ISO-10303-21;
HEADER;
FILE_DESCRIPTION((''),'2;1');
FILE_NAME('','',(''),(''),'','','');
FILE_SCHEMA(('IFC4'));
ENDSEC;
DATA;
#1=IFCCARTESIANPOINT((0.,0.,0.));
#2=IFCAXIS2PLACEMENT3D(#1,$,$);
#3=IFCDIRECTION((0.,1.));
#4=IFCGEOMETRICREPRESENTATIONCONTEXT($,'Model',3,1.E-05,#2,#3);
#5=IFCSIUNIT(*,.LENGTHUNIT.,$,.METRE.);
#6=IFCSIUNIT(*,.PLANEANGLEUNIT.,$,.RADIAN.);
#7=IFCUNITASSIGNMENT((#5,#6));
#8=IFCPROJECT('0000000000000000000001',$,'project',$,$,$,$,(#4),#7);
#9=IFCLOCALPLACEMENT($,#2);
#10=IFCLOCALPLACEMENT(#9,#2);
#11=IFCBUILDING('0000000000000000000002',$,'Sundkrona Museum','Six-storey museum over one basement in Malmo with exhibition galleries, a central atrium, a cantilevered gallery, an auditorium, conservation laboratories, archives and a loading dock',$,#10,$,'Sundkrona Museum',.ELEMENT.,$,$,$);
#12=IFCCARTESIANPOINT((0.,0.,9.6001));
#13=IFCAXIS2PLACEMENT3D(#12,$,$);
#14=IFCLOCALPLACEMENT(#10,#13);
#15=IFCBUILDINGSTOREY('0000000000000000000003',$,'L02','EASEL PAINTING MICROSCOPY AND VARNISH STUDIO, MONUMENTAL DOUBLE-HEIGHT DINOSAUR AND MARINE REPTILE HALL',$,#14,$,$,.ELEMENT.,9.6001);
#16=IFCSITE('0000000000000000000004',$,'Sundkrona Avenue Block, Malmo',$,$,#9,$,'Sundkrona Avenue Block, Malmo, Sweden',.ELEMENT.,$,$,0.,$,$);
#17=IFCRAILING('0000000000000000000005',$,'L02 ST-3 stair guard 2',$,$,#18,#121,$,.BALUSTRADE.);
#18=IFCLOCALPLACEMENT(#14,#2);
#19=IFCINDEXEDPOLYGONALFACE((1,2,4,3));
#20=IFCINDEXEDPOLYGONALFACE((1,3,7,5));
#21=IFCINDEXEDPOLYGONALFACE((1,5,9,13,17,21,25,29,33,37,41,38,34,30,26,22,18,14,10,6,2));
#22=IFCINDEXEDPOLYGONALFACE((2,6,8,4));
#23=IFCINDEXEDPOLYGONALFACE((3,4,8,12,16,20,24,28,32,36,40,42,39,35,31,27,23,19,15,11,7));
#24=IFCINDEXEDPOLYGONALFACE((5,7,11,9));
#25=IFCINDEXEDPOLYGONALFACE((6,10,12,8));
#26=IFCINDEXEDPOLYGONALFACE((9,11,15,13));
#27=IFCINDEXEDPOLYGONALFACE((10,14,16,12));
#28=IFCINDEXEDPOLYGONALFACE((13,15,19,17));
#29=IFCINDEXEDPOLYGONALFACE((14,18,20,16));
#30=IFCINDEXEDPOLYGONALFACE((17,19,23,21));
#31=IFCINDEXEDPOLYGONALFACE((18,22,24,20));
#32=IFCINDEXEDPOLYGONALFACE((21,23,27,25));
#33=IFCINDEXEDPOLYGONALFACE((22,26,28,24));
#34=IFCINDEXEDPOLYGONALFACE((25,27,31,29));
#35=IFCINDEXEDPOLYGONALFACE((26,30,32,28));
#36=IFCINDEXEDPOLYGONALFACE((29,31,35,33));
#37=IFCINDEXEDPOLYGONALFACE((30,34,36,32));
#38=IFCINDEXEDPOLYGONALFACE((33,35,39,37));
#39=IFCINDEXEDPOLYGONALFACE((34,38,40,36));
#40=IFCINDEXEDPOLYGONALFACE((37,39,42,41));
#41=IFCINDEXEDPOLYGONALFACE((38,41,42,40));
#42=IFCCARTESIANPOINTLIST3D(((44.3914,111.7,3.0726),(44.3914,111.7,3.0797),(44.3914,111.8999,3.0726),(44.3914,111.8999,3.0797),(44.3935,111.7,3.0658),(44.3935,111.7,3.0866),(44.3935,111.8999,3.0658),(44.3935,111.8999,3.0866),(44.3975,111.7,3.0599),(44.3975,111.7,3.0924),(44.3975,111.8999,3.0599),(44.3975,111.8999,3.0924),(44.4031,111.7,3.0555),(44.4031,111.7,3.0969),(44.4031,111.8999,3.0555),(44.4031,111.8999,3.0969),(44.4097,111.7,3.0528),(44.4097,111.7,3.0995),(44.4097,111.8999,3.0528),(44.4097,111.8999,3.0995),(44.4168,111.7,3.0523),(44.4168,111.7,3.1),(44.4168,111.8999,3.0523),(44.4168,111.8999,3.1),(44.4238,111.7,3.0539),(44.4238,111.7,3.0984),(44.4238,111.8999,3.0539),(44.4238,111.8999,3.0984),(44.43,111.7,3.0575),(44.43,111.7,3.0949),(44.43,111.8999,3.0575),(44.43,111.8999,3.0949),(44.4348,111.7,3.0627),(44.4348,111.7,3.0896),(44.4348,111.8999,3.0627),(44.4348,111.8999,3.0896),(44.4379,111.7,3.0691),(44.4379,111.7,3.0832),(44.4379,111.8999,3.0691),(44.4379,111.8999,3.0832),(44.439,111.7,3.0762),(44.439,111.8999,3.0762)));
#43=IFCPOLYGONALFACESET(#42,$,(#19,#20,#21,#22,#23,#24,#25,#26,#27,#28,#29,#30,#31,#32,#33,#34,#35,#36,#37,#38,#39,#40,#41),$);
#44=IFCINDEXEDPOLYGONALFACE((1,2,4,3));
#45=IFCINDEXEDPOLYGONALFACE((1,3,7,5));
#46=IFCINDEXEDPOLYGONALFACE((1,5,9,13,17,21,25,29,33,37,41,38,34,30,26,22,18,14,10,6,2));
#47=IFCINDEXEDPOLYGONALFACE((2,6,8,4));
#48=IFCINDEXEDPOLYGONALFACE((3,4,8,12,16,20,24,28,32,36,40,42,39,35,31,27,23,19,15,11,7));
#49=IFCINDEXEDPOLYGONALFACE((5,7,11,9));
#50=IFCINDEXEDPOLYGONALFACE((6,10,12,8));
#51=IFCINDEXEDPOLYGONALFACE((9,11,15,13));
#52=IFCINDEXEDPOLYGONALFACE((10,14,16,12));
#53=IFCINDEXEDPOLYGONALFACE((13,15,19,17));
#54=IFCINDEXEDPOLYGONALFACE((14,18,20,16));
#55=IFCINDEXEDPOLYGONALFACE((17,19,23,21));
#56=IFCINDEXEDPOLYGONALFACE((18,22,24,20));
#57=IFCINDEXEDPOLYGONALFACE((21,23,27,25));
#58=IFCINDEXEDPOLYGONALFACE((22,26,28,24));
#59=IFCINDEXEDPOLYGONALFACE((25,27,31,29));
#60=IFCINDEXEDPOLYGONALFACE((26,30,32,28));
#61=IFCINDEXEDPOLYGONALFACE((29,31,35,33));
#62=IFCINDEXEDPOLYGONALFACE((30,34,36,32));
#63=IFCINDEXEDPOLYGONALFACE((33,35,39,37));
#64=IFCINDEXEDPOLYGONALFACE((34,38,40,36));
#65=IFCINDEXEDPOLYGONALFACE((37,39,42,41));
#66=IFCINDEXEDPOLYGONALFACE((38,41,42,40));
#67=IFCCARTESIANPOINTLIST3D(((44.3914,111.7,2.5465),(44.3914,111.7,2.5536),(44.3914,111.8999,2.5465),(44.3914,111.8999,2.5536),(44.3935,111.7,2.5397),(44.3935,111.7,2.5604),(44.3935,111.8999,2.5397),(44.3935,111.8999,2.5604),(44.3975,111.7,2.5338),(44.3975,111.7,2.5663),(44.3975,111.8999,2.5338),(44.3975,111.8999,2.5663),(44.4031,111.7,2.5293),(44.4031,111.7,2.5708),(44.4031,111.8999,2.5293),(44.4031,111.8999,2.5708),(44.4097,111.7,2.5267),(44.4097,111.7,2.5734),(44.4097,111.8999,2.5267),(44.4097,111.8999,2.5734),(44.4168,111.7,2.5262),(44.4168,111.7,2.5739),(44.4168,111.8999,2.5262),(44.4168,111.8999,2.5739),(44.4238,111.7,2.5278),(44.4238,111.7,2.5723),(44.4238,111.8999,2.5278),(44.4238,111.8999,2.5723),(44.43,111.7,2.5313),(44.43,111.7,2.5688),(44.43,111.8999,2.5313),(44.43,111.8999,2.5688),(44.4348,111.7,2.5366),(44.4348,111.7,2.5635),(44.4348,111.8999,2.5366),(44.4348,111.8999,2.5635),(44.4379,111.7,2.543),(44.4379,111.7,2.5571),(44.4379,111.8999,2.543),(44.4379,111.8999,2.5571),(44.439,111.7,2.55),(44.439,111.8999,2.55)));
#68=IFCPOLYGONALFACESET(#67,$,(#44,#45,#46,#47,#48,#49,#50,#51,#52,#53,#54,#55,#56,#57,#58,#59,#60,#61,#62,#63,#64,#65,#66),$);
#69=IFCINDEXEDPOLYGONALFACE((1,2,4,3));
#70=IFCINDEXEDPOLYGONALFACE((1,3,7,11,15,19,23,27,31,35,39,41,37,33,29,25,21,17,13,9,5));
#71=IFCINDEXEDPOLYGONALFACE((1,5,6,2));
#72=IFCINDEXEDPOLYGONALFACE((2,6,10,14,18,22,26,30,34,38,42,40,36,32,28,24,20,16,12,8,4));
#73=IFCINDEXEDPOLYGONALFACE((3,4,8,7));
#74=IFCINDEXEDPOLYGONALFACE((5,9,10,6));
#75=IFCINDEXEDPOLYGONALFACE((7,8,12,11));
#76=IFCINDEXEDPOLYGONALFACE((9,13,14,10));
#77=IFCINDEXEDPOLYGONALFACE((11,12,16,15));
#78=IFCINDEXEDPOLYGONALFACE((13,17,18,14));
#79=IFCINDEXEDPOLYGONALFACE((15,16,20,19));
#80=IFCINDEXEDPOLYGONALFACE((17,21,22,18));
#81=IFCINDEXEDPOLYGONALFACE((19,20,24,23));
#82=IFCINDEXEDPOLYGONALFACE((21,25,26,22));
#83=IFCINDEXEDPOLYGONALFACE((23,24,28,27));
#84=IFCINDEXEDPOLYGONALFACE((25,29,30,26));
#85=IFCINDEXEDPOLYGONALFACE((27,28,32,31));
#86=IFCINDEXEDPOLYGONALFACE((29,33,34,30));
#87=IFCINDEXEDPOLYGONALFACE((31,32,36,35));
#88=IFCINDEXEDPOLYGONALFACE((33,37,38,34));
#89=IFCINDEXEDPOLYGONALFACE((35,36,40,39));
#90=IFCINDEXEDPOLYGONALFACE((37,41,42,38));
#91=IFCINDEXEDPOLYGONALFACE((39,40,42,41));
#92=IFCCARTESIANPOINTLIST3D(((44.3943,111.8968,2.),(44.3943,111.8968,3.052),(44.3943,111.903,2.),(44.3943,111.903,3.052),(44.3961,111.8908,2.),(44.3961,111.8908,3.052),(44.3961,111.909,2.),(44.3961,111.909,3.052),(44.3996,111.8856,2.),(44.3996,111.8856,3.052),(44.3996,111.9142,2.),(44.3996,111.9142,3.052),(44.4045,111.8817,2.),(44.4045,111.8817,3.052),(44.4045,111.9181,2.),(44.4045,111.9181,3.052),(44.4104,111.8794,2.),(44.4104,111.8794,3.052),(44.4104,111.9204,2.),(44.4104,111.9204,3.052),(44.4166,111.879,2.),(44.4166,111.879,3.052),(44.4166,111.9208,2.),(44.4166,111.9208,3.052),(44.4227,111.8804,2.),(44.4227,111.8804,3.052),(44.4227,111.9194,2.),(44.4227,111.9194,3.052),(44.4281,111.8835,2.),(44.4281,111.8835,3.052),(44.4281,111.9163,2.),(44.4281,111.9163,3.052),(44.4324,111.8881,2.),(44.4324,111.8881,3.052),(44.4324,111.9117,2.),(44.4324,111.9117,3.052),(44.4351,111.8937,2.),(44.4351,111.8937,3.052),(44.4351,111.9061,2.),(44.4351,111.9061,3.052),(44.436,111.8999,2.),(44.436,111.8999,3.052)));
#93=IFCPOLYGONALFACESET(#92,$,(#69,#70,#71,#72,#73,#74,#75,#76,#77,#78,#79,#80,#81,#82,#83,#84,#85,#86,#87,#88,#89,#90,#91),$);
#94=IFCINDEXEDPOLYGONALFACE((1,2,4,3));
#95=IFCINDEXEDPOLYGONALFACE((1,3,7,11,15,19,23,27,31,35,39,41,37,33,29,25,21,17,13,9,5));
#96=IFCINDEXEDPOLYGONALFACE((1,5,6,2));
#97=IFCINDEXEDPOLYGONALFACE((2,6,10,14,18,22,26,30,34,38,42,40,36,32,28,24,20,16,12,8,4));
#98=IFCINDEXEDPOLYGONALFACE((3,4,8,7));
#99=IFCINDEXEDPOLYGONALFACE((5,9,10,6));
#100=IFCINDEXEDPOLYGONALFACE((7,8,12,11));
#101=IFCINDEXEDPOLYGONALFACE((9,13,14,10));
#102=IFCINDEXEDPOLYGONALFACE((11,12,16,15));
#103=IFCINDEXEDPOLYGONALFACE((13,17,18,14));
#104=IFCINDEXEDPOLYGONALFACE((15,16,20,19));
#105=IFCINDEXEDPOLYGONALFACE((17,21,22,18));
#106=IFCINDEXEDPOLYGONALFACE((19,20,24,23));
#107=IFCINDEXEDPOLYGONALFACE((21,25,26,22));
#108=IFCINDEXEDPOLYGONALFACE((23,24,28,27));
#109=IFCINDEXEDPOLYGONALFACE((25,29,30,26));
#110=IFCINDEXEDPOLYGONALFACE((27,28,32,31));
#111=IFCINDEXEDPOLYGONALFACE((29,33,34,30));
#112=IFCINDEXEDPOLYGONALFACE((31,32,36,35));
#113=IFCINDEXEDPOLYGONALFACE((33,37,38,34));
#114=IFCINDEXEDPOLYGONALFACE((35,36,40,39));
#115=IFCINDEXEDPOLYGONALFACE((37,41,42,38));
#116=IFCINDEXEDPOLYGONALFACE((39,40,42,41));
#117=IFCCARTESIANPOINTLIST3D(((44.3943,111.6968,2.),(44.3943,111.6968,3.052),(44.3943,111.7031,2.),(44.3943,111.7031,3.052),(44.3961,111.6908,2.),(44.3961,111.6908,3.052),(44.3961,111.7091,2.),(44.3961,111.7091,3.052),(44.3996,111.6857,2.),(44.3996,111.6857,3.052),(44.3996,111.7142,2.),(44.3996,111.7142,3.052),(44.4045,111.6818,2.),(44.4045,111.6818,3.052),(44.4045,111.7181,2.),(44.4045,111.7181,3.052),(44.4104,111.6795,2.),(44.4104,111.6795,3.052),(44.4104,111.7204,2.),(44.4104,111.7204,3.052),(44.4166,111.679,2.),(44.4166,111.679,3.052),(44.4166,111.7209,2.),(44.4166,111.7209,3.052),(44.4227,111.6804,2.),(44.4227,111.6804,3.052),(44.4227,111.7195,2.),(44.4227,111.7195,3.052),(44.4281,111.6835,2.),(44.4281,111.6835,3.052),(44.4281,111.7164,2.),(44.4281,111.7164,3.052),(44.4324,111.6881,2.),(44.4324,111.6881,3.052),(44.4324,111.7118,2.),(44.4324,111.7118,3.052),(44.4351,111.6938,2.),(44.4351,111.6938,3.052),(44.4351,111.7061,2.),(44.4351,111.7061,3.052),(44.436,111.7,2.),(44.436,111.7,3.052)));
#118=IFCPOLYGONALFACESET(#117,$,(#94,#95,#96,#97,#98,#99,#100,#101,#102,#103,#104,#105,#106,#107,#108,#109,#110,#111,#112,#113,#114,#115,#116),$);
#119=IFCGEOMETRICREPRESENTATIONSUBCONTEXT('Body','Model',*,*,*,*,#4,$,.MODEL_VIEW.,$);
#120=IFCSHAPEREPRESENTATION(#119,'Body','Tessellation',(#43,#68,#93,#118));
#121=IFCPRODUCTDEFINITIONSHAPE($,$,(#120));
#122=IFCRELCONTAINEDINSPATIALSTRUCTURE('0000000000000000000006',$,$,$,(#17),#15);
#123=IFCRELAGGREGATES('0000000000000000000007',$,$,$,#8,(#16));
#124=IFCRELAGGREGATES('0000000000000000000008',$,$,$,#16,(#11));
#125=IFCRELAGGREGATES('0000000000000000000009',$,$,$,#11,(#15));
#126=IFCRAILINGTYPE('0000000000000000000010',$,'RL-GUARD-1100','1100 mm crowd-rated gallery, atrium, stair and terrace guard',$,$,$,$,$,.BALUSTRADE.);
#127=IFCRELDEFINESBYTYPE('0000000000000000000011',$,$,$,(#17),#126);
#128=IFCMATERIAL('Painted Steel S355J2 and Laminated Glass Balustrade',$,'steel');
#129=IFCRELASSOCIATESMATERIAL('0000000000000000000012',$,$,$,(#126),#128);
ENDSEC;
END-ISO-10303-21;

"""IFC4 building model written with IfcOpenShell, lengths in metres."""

from ifc_helpers import new_model, si_unit, direction, frame, origin, origin_2d, place, context, subcontext, project, spatial, circle, extrude, material, type_object, element, save


model = new_model("IFC4")

# Units and contexts
model_context = context("Model", 3, precision=1e-05, world=origin(), true_north=direction((0.0, 1.0)))
body_context = subcontext(model_context, "Body", "Model", "MODEL_VIEW")
ifc_project = project(units=[si_unit("LENGTHUNIT", "METRE"), si_unit("PLANEANGLEUNIT", "RADIAN")], contexts=[model_context])

# Site, building, storey
site_placement = place(None, origin())
site = spatial("IfcSite", under=ifc_project, at=site_placement, Name="Sundkrona Avenue Block, Malmo", LongName="Sundkrona Avenue Block, Malmo, Sweden", CompositionType="ELEMENT", RefElevation=0.0)
building_placement = place(site_placement, origin())
building = spatial("IfcBuilding", under=site, at=building_placement, Name="Sundkrona Museum", Description="Six-storey museum over one basement in Malmo with exhibition galleries, a central atrium, a cantilevered gallery, an auditorium, conservation laboratories, archives and a loading dock", LongName="Sundkrona Museum", CompositionType="ELEMENT")
storey_placement = place(building_placement, frame((0.0, 0.0, 9.6001)))
storey = spatial("IfcBuildingStorey", under=building, at=storey_placement, Name="L02", Description="EASEL PAINTING MICROSCOPY AND VARNISH STUDIO, MONUMENTAL DOUBLE-HEIGHT DINOSAUR AND MARINE REPTILE HALL", CompositionType="ELEMENT", Elevation=9.6001)

# Railing
ifc_material_1 = material(Name="Painted Steel S355J2 and Laminated Glass Balustrade", Category="steel")
railing_type_1 = type_object("IfcRailingType", Name="RL-GUARD-1100", Description="1100 mm crowd-rated gallery, atrium, stair and terrace guard", PredefinedType="BALUSTRADE", material=ifc_material_1)
railing_1_placement = place(storey_placement, frame((44.415, 111.8999, 2.0)))
element("IfcRailing", 1, at=railing_1_placement, inside=storey, type_object=railing_type_1, Name="L02 ST-3 stair guard 2", PredefinedType="BALUSTRADE", context=body_context, shape_type="SweptSolid", body=[
    extrude(circle(Radius=0.0239, at=origin_2d()), frame((0.0, 0.0, 1.0762), z_axis=(0.0, -1.0, 0.0), x_axis=(1.0, 0.0, 0.0)), (0.0, 0.0, 1.0), 0.2),
    extrude(circle(Radius=0.0239, at=origin_2d()), frame((0.0, 0.0, 0.55), z_axis=(0.0, -1.0, 0.0), x_axis=(1.0, 0.0, 0.0)), (0.0, 0.0, 1.0), 0.2),
    extrude(circle(Radius=0.021, at=origin_2d()), origin(), (0.0, 0.0, 1.0), 1.052),
    extrude(circle(Radius=0.021, at=origin_2d()), frame((0.0, -0.2, 0.0)), (0.0, 0.0, 1.0), 1.052),
])

save(model, "model.ifc")
